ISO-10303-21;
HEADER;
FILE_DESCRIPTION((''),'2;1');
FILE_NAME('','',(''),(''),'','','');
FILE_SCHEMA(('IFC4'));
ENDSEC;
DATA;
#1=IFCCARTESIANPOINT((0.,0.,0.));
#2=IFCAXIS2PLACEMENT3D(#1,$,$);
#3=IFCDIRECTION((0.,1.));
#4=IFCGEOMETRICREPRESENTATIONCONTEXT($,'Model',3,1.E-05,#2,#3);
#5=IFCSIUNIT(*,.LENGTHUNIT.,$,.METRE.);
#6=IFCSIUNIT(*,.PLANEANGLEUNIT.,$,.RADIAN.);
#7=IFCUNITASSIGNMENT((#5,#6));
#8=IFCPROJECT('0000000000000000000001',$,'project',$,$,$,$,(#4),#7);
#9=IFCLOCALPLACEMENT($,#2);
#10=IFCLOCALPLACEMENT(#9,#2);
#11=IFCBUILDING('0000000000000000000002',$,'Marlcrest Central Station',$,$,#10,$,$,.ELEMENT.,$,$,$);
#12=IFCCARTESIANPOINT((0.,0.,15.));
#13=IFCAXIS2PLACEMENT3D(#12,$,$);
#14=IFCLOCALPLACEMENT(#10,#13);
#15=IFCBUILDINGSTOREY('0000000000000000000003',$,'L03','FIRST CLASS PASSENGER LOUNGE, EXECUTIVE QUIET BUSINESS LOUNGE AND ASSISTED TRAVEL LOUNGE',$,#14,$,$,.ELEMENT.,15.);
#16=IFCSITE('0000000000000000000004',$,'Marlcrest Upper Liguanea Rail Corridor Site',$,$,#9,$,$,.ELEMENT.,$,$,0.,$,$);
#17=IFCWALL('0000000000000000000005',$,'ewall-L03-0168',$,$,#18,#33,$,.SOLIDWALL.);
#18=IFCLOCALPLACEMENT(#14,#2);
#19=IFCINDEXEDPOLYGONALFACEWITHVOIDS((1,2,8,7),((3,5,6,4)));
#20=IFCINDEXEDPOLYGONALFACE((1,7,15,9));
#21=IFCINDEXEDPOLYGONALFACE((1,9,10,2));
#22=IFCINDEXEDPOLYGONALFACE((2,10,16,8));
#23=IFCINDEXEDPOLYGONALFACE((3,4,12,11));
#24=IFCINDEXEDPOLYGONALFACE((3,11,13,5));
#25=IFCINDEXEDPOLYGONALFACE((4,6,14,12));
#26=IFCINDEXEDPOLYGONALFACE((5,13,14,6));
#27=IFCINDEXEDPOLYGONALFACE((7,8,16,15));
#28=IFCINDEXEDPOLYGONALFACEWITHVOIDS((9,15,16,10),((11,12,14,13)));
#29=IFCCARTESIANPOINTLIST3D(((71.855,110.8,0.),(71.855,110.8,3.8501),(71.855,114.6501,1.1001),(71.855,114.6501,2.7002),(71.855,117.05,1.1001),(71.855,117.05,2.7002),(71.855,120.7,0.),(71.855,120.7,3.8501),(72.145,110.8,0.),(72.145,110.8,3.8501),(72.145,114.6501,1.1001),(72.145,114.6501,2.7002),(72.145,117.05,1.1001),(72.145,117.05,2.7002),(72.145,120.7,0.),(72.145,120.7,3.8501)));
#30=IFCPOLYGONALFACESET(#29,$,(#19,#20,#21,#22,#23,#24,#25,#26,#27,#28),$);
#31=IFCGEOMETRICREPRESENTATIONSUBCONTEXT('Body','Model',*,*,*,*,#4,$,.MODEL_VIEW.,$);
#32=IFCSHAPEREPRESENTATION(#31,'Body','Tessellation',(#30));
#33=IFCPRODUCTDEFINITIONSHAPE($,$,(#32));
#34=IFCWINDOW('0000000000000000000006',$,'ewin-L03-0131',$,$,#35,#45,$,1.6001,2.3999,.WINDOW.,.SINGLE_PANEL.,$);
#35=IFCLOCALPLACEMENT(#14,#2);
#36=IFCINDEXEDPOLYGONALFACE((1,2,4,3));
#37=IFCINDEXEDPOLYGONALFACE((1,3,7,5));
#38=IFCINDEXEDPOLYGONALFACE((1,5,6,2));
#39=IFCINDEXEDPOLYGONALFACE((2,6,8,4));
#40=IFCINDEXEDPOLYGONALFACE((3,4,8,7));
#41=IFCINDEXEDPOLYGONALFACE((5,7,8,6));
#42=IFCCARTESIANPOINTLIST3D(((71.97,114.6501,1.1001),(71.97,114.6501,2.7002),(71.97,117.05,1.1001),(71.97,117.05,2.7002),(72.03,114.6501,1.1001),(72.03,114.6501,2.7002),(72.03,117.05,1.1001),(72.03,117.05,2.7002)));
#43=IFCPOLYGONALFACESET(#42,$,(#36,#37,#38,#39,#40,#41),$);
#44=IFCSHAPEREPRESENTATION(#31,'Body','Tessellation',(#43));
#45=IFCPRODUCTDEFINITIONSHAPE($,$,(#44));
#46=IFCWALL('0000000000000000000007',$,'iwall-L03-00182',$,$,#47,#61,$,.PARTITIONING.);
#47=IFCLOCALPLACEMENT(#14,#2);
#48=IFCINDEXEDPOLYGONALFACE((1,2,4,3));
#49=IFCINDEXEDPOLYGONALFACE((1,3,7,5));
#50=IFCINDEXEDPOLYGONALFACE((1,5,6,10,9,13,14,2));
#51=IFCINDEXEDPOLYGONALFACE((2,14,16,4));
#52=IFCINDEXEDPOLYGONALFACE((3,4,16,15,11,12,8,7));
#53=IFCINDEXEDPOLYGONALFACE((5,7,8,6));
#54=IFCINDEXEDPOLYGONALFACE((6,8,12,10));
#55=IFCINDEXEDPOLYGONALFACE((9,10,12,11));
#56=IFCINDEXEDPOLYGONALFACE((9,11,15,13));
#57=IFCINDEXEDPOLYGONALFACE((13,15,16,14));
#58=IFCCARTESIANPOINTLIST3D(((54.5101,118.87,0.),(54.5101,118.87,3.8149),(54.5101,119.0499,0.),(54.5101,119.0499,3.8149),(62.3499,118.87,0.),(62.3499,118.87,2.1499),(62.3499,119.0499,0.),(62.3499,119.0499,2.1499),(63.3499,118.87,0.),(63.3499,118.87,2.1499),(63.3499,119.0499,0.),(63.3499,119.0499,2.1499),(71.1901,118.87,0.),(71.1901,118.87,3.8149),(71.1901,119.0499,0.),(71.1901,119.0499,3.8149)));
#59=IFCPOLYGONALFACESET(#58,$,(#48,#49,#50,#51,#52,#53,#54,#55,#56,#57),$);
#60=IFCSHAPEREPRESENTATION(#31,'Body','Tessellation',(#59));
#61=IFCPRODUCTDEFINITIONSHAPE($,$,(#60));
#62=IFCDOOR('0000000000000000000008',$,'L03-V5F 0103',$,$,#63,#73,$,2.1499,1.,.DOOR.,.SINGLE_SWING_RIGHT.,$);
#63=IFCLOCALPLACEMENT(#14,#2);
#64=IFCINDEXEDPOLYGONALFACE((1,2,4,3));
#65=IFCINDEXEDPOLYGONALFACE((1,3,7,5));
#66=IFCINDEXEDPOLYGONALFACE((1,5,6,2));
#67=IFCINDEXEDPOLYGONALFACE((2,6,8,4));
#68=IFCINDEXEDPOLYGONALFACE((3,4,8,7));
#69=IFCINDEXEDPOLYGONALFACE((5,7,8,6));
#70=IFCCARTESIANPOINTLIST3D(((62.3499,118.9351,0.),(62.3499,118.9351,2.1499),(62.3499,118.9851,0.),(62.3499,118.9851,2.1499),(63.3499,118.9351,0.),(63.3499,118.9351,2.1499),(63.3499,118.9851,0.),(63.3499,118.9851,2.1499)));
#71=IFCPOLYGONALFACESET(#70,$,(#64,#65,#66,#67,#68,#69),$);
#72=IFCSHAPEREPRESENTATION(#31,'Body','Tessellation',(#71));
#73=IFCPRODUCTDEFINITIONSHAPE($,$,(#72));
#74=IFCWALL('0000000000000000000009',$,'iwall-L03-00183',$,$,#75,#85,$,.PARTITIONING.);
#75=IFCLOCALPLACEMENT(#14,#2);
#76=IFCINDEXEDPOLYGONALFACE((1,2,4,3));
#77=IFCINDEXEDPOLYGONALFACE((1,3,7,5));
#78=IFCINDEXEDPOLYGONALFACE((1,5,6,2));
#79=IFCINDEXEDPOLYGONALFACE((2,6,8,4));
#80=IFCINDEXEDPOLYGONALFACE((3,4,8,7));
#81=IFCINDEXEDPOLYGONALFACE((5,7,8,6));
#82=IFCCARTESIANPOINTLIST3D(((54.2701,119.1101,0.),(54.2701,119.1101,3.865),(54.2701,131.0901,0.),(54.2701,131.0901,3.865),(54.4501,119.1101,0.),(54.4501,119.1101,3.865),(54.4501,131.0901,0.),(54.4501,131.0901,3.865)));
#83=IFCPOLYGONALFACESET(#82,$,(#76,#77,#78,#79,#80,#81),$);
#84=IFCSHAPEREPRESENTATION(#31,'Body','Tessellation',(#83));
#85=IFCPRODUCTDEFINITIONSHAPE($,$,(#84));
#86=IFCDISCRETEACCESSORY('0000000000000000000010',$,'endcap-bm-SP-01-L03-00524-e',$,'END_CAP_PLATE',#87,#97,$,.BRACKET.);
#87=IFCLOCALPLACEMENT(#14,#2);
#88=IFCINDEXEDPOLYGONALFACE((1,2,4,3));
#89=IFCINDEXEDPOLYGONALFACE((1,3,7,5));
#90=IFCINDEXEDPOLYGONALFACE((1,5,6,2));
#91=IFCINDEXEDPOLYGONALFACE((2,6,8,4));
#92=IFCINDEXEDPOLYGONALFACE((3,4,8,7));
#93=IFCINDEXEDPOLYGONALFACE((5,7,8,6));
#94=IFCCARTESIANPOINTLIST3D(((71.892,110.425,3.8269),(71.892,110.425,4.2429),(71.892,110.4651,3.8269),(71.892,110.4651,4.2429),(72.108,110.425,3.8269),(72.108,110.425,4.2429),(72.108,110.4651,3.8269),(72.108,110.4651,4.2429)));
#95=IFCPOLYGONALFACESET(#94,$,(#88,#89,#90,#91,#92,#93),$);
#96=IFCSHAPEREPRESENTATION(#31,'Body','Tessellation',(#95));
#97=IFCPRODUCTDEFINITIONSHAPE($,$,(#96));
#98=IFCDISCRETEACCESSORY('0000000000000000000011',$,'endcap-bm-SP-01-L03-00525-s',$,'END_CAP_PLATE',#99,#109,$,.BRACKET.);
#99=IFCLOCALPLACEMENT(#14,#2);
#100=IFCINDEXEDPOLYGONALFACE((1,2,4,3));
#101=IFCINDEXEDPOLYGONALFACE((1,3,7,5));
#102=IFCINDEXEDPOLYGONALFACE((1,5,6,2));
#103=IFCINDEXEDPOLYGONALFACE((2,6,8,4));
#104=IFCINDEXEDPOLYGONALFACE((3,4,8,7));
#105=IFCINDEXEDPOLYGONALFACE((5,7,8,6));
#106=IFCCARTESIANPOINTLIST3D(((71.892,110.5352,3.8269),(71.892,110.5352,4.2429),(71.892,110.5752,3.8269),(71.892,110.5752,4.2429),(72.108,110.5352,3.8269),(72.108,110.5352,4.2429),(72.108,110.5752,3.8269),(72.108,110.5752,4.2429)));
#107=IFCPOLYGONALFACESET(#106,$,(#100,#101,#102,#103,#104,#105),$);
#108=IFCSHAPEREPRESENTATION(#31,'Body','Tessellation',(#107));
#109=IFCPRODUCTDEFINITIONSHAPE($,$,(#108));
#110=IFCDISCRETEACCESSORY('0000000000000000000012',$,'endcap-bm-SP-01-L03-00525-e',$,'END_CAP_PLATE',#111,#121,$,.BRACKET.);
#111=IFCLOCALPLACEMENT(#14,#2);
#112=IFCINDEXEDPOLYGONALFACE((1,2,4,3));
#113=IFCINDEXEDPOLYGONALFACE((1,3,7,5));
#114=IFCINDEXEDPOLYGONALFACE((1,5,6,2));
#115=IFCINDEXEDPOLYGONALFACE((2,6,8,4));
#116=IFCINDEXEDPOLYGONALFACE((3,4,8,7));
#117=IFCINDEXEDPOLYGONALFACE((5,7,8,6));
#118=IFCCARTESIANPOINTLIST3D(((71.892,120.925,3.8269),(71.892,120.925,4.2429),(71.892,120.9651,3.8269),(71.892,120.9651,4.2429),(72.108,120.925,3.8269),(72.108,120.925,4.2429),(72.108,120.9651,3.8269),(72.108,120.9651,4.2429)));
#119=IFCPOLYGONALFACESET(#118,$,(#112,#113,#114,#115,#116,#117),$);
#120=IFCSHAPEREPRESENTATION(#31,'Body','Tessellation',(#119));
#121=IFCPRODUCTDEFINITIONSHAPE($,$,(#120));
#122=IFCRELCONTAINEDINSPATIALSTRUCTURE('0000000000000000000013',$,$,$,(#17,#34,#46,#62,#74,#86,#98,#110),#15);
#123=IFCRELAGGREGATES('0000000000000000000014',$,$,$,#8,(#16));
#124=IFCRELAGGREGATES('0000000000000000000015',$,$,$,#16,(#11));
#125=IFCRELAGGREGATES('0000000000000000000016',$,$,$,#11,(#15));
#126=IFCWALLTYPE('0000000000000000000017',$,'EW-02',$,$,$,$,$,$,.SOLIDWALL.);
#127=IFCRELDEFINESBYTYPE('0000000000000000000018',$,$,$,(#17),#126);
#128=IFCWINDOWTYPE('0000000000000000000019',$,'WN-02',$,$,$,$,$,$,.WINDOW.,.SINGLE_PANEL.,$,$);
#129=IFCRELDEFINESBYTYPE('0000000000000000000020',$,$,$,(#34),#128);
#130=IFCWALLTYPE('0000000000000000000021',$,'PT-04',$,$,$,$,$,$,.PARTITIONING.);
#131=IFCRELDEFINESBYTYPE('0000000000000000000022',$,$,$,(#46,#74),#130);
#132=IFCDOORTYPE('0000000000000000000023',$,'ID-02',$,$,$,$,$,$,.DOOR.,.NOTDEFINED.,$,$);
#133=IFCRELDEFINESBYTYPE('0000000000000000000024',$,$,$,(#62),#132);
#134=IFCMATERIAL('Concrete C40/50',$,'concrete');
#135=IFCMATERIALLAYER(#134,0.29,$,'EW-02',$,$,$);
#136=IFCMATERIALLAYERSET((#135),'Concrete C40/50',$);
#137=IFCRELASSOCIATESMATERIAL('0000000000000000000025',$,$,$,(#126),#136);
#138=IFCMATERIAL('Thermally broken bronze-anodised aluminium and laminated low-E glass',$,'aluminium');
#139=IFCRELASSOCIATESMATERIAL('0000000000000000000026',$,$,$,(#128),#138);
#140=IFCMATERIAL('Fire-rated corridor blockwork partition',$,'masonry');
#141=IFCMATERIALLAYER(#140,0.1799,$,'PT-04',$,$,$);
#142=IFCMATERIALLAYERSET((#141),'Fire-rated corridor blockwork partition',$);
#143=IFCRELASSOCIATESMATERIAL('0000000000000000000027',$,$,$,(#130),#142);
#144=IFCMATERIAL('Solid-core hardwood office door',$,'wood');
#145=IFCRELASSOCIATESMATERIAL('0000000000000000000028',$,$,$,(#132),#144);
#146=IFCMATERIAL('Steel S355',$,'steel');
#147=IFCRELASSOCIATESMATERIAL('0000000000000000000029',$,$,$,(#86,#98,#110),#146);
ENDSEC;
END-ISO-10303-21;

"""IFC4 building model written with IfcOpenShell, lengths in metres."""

from ifc_helpers import new_model, si_unit, direction, frame, frame_2d, origin, origin_2d, place, context, subcontext, project, spatial, rectangle, extrude, material, layer, layer_set, type_object, element, fill, save


model = new_model("IFC4")

# Units and contexts
model_context = context("Model", 3, precision=1e-05, world=origin(), true_north=direction((0.0, 1.0)))
body_context = subcontext(model_context, "Body", "Model", "MODEL_VIEW")
ifc_project = project(units=[si_unit("LENGTHUNIT", "METRE"), si_unit("PLANEANGLEUNIT", "RADIAN")], contexts=[model_context])

# Site, building, storey
site_placement = place(None, origin())
site = spatial("IfcSite", under=ifc_project, at=site_placement, Name="Marlcrest Upper Liguanea Rail Corridor Site", CompositionType="ELEMENT", RefElevation=0.0)
building_placement = place(site_placement, origin())
building = spatial("IfcBuilding", under=site, at=building_placement, Name="Marlcrest Central Station", CompositionType="ELEMENT")
storey_placement = place(building_placement, frame((0.0, 0.0, 15.0)))
storey = spatial("IfcBuildingStorey", under=building, at=storey_placement, Name="L03", Description="FIRST CLASS PASSENGER LOUNGE, EXECUTIVE QUIET BUSINESS LOUNGE AND ASSISTED TRAVEL LOUNGE", CompositionType="ELEMENT", Elevation=15.0)

# Shared definitions
ifc_material_1 = material(Name="Steel S355", Category="steel")

# Wall, opening, window
ifc_material_2 = material(Name="Concrete C40/50", Category="concrete")
ifc_layer_1 = layer(ifc_material_2, 0.29, Name="EW-02")
ifc_layer_set_1 = layer_set([ifc_layer_1], Name="Concrete C40/50")
wall_type_1 = type_object("IfcWallType", Name="EW-02", PredefinedType="SOLIDWALL", material=ifc_layer_set_1)
ifc_material_3 = material(Name="Thermally broken bronze-anodised aluminium and laminated low-E glass", Category="aluminium")
window_type = type_object("IfcWindowType", Name="WN-02", PartitioningType="SINGLE_PANEL", PredefinedType="WINDOW", material=ifc_material_3)
wall_1_placement = place(storey_placement, frame((72.0, 120.7, 0.0), z_axis=(0.0, 0.0, 1.0), x_axis=(0.0, -1.0, 0.0)))
wall_1 = element("IfcWall", 1, at=wall_1_placement, inside=storey, type_object=wall_type_1, Name="ewall-L03-0168", PredefinedType="SOLIDWALL", context=body_context, shape_type="SweptSolid", body=[
    extrude(rectangle(XDim=9.8999, YDim=0.29, at=frame_2d((4.95, 0.0))), origin(), (0.0, 0.0, 1.0), 3.8501),
])
opening_1_placement = place(wall_1_placement, frame((3.6499, 0.0, 1.1001)))
opening_1 = element("IfcOpeningElement", 2, at=opening_1_placement, cuts=wall_1, PredefinedType="OPENING", context=body_context, shape_type="SweptSolid", body=[
    extrude(rectangle(XDim=2.3999, YDim=1.6001, at=frame_2d((1.2, 0.8))), frame((0.0, 0.155, 0.0), z_axis=(0.0, -1.0, 0.0), x_axis=(1.0, 0.0, 0.0)), (0.0, 0.0, 1.0), 0.3101),
])
window_1_placement = place(opening_1_placement, origin())
window_1 = element("IfcWindow", 3, at=window_1_placement, inside=storey, type_object=window_type, Name="ewin-L03-0131", OverallHeight=1.6001, OverallWidth=2.3999, PartitioningType="SINGLE_PANEL", PredefinedType="WINDOW", context=body_context, shape_type="SweptSolid", body=[
    extrude(rectangle(XDim=2.3999, YDim=1.6001, at=frame_2d((1.2, 0.8))), frame((0.0, 0.03, 0.0), z_axis=(0.0, -1.0, 0.0), x_axis=(1.0, 0.0, 0.0)), (0.0, 0.0, 1.0), 0.0601),
])
fill(opening_1, window_1)

# Wall, opening, door
ifc_material_4 = material(Name="Fire-rated corridor blockwork partition", Category="masonry")
ifc_layer_2 = layer(ifc_material_4, 0.1799, Name="PT-04")
ifc_layer_set_2 = layer_set([ifc_layer_2], Name="Fire-rated corridor blockwork partition")
wall_type_2 = type_object("IfcWallType", Name="PT-04", PredefinedType="PARTITIONING", material=ifc_layer_set_2)
wall_2_placement = place(storey_placement, frame((71.1899, 118.96, 0.0), z_axis=(0.0, 0.0, 1.0), x_axis=(-1.0, 0.0, 0.0)))
wall_2 = element("IfcWall", 4, at=wall_2_placement, inside=storey, type_object=wall_type_2, Name="iwall-L03-00182", PredefinedType="PARTITIONING", context=body_context, shape_type="SweptSolid", body=[
    extrude(rectangle(XDim=16.6799, YDim=0.1799, at=frame_2d((8.3398, 0.0))), origin(), (0.0, 0.0, 1.0), 3.8149),
])
opening_2_placement = place(wall_2_placement, frame((7.8401, 0.0, 0.0)))
opening_2 = element("IfcOpeningElement", 5, at=opening_2_placement, cuts=wall_2, PredefinedType="OPENING", context=body_context, shape_type="SweptSolid", body=[
    extrude(rectangle(XDim=1.0, YDim=2.1499, at=frame_2d((0.5, 1.075))), frame((0.0, 0.0999, 0.0), z_axis=(0.0, -1.0, 0.0), x_axis=(1.0, 0.0, 0.0)), (0.0, 0.0, 1.0), 0.2),
])
ifc_material_5 = material(Name="Solid-core hardwood office door", Category="wood")
door_type = type_object("IfcDoorType", Name="ID-02", OperationType="NOTDEFINED", PredefinedType="DOOR", material=ifc_material_5)
door_placement = place(opening_2_placement, origin())
door = element("IfcDoor", 6, at=door_placement, inside=storey, type_object=door_type, Name="L03-V5F 0103", OperationType="SINGLE_SWING_RIGHT", OverallHeight=2.1499, OverallWidth=1.0, PredefinedType="DOOR", context=body_context, shape_type="SweptSolid", body=[
    extrude(rectangle(XDim=1.0, YDim=2.1499, at=frame_2d((0.5, 1.075))), frame((0.0, 0.0249, 0.0), z_axis=(0.0, -1.0, 0.0), x_axis=(1.0, 0.0, 0.0)), (0.0, 0.0, 1.0), 0.05),
])
fill(opening_2, door)

# Wall
wall_3_placement = place(storey_placement, frame((54.3601, 119.1101, 0.0), z_axis=(0.0, 0.0, 1.0), x_axis=(0.0, 1.0, 0.0)))
element("IfcWall", 7, at=wall_3_placement, inside=storey, type_object=wall_type_2, Name="iwall-L03-00183", PredefinedType="PARTITIONING", context=body_context, shape_type="SweptSolid", body=[
    extrude(rectangle(XDim=11.98, YDim=0.1799, at=frame_2d((5.99, 0.0))), origin(), (0.0, 0.0, 1.0), 3.865),
])

# Discrete accessories
for number, where, z_axis, x_axis, name in (
    (8, (72.0, 110.425, 4.0349), (0.0, 1.0, 0.0), (-1.0, 0.0, 0.0), "endcap-bm-SP-01-L03-00524-e"),
    (9, (72.0, 110.5352, 4.0349), (0.0, 1.0, 0.0), (-1.0, 0.0, 0.0), "endcap-bm-SP-01-L03-00525-s"),
    (10, (72.0, 120.925, 4.0349), (0.0, 1.0, 0.0), (-1.0, 0.0, 0.0), "endcap-bm-SP-01-L03-00525-e"),
):
    element("IfcDiscreteAccessory", number, at=place(storey_placement, frame(where, z_axis=z_axis, x_axis=x_axis)), inside=storey, material=ifc_material_1, Name=name, ObjectType="END_CAP_PLATE", PredefinedType="BRACKET", context=body_context, shape_type="SweptSolid", body=[
        extrude(rectangle(XDim=0.2161, YDim=0.416, at=origin_2d()), origin(), (0.0, 0.0, 1.0), 0.04),
    ])

save(model, "model.ifc")
